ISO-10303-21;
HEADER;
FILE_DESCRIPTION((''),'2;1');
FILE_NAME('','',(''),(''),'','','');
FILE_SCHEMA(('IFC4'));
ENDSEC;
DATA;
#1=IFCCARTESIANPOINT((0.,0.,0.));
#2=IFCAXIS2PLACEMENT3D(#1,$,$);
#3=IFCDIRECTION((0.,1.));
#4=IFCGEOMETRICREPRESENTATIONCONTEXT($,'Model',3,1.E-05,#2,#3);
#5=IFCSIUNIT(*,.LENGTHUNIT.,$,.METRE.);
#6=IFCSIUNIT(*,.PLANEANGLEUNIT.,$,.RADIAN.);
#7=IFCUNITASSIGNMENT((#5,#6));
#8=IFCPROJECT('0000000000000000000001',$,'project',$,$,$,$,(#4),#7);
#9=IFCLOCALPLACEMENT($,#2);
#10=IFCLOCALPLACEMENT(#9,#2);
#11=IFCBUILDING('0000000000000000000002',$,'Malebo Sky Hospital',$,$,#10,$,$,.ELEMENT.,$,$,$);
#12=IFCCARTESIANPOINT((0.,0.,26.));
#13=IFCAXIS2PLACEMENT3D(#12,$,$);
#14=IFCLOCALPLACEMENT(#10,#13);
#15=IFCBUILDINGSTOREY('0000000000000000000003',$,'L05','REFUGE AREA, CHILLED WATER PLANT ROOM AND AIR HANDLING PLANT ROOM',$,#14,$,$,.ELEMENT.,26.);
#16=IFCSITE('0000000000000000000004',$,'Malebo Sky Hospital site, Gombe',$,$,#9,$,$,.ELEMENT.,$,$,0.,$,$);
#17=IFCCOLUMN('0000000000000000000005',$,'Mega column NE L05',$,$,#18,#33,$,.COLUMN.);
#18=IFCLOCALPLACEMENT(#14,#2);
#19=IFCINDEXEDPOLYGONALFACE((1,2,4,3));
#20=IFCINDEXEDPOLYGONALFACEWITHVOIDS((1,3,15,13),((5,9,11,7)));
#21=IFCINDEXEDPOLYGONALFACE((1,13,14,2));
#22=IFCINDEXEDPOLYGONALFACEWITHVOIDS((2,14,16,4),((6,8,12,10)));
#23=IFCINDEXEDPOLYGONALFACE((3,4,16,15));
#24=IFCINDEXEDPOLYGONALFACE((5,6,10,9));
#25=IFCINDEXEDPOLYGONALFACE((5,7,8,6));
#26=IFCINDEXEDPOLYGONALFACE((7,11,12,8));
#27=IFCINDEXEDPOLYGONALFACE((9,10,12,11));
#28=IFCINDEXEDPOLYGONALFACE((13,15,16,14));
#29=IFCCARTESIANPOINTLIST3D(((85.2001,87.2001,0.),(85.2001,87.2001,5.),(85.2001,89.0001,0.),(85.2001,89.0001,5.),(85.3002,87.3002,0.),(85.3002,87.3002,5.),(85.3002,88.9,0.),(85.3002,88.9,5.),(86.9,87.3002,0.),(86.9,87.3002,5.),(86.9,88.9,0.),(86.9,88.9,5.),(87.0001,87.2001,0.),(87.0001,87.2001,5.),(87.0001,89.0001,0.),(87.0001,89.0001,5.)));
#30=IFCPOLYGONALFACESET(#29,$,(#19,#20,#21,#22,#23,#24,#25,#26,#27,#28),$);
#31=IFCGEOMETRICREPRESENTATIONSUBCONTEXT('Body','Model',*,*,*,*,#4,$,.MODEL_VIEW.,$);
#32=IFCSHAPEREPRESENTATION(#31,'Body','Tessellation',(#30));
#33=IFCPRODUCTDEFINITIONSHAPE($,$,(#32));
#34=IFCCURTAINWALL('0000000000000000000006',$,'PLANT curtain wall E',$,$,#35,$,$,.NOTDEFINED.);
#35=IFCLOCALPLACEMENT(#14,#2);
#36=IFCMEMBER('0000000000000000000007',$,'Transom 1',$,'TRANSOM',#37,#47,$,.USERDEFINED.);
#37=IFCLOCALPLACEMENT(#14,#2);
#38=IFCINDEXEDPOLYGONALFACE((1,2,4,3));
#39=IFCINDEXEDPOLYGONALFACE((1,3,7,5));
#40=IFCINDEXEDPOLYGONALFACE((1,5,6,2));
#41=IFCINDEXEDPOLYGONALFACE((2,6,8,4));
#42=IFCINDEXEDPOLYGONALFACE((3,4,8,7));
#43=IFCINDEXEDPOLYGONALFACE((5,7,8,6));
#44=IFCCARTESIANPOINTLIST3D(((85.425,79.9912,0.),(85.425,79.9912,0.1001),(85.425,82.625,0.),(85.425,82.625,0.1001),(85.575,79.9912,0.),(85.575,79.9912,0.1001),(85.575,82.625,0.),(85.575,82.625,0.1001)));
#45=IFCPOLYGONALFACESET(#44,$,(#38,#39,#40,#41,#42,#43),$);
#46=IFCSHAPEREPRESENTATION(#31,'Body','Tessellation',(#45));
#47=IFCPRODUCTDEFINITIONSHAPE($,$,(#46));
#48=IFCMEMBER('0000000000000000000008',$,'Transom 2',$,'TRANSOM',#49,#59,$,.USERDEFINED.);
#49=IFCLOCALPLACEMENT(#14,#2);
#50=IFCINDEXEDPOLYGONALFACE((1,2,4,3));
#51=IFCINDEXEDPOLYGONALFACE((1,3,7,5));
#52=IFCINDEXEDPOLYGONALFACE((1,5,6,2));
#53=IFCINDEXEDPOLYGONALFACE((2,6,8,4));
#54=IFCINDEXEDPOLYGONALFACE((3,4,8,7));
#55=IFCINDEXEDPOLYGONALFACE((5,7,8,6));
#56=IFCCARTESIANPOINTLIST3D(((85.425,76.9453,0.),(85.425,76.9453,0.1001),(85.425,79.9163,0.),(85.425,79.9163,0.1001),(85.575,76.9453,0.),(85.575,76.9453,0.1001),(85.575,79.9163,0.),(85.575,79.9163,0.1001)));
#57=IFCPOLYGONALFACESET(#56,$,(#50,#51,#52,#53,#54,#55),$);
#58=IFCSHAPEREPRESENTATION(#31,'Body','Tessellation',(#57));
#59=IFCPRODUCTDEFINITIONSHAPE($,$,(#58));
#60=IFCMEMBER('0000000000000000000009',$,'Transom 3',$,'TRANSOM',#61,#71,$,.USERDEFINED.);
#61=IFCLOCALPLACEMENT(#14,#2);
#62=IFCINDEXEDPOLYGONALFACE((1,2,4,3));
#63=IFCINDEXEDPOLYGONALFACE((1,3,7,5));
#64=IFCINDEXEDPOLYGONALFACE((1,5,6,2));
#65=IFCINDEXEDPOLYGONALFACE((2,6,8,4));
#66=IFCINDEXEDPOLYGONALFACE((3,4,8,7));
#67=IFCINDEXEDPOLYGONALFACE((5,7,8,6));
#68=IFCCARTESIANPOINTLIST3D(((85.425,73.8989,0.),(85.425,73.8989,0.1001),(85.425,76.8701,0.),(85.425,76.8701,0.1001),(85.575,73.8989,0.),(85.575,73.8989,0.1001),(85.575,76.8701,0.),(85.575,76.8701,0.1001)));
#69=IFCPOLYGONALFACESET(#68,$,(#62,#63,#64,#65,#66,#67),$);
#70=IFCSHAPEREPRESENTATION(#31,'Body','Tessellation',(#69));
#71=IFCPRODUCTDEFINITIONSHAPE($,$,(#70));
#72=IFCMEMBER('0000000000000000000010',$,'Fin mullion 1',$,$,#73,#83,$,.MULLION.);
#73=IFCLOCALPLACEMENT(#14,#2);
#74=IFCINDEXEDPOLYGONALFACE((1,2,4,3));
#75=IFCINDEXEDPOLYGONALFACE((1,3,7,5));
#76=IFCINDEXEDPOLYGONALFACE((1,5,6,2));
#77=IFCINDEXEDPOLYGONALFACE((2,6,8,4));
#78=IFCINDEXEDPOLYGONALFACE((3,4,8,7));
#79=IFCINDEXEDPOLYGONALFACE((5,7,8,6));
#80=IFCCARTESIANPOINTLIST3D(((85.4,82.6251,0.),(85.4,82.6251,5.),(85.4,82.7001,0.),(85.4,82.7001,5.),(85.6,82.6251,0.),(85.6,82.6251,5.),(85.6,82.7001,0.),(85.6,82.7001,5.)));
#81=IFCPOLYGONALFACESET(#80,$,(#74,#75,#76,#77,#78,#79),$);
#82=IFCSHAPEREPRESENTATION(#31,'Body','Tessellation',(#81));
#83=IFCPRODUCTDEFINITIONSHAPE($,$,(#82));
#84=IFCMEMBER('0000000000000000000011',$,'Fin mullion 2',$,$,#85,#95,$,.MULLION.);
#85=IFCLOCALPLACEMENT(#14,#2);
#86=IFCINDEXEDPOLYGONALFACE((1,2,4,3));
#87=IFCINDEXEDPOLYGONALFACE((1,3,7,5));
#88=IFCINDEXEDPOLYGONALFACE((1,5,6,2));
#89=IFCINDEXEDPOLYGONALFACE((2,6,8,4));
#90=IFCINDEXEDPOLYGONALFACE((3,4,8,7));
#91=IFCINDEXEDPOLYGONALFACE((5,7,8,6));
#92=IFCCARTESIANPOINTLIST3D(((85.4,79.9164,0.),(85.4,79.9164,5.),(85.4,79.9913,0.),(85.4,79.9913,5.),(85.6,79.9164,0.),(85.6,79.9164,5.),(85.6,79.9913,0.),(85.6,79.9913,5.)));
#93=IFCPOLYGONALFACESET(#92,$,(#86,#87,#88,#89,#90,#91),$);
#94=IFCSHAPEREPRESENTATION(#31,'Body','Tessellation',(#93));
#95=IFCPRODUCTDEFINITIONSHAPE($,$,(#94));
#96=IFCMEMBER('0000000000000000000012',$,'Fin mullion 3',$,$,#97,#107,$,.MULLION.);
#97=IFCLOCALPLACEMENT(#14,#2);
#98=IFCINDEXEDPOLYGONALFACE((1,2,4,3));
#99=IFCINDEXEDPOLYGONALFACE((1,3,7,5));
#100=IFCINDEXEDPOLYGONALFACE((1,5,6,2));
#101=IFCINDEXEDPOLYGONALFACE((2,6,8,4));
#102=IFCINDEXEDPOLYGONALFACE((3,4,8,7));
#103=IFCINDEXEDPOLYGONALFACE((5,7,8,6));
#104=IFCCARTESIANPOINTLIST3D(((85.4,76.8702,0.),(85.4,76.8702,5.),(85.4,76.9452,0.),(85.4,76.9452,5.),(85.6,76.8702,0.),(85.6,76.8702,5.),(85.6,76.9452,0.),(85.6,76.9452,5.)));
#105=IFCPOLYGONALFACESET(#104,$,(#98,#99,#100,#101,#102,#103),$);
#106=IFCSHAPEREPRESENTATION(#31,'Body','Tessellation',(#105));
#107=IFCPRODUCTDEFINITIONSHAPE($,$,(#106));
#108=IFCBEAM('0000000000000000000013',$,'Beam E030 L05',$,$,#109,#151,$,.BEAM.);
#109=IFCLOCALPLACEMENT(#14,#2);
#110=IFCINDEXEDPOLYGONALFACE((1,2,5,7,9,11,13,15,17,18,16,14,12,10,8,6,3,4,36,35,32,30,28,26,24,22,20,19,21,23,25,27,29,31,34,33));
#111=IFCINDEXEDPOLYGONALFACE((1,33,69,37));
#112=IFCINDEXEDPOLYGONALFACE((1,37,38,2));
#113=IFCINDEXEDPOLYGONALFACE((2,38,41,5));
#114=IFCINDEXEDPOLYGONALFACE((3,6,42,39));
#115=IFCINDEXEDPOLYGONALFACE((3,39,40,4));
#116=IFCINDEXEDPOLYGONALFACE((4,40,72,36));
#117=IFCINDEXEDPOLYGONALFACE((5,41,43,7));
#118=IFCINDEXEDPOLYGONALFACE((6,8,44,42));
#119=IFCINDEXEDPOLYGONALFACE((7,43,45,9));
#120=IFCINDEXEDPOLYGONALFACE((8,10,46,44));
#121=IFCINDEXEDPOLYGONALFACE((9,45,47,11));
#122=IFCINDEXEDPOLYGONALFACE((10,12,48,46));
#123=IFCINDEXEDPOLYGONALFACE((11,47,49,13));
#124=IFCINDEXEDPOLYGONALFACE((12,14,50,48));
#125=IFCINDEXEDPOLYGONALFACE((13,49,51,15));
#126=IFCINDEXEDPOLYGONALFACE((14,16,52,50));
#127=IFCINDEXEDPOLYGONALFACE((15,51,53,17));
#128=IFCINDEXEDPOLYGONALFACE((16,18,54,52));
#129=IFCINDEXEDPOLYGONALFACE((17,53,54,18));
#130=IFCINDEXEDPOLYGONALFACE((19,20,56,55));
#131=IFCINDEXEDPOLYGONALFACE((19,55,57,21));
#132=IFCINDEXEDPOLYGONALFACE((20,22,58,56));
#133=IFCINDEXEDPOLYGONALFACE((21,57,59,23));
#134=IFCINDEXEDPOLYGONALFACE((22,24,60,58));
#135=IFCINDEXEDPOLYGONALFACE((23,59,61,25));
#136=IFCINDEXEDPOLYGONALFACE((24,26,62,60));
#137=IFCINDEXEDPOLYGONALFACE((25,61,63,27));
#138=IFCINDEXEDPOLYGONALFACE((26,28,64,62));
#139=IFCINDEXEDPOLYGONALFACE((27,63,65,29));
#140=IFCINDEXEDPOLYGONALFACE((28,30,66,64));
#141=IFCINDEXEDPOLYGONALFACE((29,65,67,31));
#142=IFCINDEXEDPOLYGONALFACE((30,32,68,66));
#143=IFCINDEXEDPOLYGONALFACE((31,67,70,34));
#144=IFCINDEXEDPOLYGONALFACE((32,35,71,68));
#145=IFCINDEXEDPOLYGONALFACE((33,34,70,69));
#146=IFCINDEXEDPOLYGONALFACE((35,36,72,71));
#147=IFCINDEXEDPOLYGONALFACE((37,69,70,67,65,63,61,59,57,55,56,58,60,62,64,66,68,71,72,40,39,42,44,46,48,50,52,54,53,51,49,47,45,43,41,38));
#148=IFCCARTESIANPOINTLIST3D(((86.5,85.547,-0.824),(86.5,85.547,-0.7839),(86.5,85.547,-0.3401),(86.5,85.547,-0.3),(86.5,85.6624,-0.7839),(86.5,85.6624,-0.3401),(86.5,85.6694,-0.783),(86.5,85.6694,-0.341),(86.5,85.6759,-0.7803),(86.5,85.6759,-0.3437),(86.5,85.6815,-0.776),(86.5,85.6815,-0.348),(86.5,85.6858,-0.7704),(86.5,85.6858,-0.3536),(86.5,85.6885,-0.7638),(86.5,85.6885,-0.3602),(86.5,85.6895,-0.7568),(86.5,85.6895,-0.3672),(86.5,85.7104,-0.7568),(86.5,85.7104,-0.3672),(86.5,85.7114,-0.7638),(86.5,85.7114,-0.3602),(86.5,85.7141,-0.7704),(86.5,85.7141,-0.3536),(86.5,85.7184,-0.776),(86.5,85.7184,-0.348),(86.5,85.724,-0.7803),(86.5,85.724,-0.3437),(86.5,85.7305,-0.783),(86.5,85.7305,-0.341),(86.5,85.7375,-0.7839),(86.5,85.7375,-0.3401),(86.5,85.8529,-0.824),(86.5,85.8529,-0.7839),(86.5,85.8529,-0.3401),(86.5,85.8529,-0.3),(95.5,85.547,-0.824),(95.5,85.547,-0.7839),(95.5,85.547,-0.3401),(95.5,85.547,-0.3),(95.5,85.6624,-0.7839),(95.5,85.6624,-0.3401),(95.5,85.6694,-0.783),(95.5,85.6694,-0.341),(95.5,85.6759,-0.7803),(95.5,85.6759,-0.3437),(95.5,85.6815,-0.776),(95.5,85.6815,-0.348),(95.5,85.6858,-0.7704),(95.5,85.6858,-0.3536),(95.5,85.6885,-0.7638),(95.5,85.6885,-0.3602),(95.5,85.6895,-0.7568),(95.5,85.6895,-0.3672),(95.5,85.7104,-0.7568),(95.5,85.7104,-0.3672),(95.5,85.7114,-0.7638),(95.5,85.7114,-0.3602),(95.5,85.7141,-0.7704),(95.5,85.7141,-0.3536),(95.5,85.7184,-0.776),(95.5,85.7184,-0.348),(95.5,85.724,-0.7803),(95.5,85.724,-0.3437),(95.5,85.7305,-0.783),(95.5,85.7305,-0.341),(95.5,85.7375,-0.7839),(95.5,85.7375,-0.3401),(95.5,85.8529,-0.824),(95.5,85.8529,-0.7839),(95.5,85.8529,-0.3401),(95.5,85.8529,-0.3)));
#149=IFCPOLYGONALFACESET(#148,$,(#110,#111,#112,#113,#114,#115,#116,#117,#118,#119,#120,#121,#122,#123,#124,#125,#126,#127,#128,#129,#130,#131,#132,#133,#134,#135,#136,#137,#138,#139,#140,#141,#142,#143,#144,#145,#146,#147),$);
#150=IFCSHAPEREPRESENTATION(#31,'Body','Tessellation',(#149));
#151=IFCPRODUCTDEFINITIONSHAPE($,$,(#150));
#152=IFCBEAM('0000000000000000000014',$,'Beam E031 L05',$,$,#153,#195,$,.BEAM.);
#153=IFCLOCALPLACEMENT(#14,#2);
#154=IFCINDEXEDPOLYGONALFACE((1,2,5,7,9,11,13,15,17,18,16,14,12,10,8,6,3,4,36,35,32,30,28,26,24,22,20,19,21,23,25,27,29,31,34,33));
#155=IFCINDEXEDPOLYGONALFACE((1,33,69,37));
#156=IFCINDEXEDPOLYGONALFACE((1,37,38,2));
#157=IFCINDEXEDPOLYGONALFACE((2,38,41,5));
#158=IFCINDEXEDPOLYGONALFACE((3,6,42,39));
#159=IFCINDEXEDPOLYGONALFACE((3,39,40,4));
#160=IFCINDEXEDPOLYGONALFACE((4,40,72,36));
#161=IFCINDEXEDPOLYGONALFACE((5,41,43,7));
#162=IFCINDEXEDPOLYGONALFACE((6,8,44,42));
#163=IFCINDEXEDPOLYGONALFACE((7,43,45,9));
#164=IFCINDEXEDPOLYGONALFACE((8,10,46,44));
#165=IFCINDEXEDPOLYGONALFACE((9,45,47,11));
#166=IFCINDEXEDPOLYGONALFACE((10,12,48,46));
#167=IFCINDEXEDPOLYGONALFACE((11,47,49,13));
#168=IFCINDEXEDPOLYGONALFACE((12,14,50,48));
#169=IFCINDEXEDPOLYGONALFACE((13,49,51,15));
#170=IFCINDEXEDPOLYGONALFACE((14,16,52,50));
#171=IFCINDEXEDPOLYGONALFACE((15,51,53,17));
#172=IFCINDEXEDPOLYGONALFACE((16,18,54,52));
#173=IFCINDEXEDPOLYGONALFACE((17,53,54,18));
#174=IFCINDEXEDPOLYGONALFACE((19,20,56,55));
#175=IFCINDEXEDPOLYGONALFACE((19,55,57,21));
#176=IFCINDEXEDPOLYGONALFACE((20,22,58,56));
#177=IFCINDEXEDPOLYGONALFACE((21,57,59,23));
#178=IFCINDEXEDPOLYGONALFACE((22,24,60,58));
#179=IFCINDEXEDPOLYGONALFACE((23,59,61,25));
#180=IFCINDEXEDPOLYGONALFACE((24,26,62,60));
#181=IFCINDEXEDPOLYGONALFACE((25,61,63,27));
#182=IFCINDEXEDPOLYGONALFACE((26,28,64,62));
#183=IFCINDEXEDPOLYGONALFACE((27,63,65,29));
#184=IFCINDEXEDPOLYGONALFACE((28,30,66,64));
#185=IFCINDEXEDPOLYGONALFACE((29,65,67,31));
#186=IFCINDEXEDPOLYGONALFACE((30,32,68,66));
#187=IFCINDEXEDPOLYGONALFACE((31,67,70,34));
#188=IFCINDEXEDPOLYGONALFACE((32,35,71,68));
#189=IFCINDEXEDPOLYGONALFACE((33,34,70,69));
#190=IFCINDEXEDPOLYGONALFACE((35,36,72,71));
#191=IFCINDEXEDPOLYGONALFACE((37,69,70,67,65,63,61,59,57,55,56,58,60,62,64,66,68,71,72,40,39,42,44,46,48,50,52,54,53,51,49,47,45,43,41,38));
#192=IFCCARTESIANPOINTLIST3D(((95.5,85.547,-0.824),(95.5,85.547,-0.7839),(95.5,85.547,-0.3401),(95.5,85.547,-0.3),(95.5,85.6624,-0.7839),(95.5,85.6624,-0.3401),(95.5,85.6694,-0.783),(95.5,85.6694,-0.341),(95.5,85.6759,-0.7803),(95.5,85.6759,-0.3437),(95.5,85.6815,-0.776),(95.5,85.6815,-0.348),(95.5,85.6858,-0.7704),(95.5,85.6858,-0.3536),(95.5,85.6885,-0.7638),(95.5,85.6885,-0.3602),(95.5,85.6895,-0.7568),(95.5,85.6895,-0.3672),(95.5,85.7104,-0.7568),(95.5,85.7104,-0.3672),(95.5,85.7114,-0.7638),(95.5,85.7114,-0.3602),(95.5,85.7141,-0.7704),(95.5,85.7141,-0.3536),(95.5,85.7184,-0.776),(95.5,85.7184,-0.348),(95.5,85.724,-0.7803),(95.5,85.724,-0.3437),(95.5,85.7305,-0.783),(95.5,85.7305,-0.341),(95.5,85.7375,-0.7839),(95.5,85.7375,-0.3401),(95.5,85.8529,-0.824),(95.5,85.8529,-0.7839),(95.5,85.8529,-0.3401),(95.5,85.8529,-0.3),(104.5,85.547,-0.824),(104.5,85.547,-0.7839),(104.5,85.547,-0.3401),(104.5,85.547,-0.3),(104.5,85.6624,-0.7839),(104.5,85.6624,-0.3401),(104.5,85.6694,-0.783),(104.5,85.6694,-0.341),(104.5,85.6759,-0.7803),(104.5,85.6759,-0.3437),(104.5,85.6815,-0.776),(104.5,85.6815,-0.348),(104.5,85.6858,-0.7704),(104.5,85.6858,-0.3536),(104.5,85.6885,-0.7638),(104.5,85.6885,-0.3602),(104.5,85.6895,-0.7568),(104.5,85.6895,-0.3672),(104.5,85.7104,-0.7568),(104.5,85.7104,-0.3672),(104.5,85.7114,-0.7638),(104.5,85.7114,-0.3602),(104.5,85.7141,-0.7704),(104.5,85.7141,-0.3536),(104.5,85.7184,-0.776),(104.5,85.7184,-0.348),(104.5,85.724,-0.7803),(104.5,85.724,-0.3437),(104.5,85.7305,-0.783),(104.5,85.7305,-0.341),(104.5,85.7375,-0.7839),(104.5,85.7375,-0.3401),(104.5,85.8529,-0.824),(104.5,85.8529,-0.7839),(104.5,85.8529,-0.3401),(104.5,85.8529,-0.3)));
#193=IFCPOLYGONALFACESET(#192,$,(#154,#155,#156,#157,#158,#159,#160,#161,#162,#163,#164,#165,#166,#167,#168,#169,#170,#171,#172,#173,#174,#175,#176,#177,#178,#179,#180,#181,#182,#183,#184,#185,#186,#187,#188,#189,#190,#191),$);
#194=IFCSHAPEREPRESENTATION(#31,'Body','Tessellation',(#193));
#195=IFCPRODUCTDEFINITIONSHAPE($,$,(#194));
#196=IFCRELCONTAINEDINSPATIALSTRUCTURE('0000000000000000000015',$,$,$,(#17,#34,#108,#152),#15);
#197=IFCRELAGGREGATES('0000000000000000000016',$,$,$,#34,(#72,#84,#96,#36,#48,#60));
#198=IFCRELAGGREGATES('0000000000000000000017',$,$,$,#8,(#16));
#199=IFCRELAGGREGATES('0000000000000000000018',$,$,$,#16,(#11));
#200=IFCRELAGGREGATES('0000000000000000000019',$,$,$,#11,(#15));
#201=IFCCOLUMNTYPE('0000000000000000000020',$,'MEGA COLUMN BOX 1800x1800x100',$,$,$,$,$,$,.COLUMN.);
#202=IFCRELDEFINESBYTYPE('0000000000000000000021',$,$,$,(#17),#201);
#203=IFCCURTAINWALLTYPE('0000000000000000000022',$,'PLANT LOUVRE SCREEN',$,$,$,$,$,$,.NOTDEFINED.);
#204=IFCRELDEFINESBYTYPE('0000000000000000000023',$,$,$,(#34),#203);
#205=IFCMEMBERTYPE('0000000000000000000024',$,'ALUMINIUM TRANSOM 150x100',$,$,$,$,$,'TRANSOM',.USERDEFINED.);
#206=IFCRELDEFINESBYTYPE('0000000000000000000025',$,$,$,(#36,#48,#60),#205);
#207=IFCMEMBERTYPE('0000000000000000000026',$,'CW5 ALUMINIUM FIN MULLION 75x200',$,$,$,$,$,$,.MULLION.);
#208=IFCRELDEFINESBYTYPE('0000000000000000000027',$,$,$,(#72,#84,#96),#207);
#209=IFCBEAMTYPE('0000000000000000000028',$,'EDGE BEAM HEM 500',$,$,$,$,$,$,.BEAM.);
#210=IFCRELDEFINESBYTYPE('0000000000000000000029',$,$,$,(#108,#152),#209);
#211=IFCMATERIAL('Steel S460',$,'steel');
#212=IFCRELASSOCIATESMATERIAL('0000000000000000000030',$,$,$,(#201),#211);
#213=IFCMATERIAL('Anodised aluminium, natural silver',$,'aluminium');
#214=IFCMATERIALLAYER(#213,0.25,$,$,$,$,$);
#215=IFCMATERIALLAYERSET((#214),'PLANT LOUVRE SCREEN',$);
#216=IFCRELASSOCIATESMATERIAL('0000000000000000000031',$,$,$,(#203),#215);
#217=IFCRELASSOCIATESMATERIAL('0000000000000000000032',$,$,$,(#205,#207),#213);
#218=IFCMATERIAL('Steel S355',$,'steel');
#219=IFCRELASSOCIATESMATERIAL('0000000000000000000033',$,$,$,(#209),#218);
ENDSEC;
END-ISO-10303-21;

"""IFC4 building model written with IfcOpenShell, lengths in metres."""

from ifc_helpers import new_model, si_unit, direction, frame, origin, origin_2d, place, context, subcontext, project, spatial, rectangle, hollow_rectangle, i_section, extrude, material, layer, layer_set, material_profile, profile_set, type_object, element, aggregate, save


model = new_model("IFC4")

# Units and contexts
model_context = context("Model", 3, precision=1e-05, world=origin(), true_north=direction((0.0, 1.0)))
body_context = subcontext(model_context, "Body", "Model", "MODEL_VIEW")
ifc_project = project(units=[si_unit("LENGTHUNIT", "METRE"), si_unit("PLANEANGLEUNIT", "RADIAN")], contexts=[model_context])

# Site, building, storey
site_placement = place(None, origin())
site = spatial("IfcSite", under=ifc_project, at=site_placement, Name="Malebo Sky Hospital site, Gombe", CompositionType="ELEMENT", RefElevation=0.0)
building_placement = place(site_placement, origin())
building = spatial("IfcBuilding", under=site, at=building_placement, Name="Malebo Sky Hospital", CompositionType="ELEMENT")
storey_placement = place(building_placement, frame((0.0, 0.0, 26.0)))
storey = spatial("IfcBuildingStorey", under=building, at=storey_placement, Name="L05", Description="REFUGE AREA, CHILLED WATER PLANT ROOM AND AIR HANDLING PLANT ROOM", CompositionType="ELEMENT", Elevation=26.0)

# Column
ifc_material_1 = material(Name="Steel S460", Category="steel")
ifc_material_profile_1 = material_profile(ifc_material_1, hollow_rectangle(XDim=1.8, YDim=1.8, WallThickness=0.1001, at=origin_2d()), Name="BOX 1800x1800x100")
ifc_profile_set_1 = profile_set([ifc_material_profile_1], Name="Steel S460")
column_type = type_object("IfcColumnType", Name="MEGA COLUMN BOX 1800x1800x100", PredefinedType="COLUMN", material=ifc_profile_set_1)
column_placement = place(storey_placement, frame((86.1001, 88.1001, 0.0), z_axis=(0.0, 0.0, 1.0), x_axis=(1.0, 0.0, 0.0)))
element("IfcColumn", 1, at=column_placement, inside=storey, type_object=column_type, Name="Mega column NE L05", PredefinedType="COLUMN", context=body_context, shape_type="SweptSolid", body=[
    extrude(hollow_rectangle(XDim=1.8, YDim=1.8, WallThickness=0.1001, at=origin_2d()), origin(), (0.0, 0.0, 1.0), 5.0),
])

# Curtain wall, members
ifc_material_2 = material(Name="Anodised aluminium, natural silver", Category="aluminium")
ifc_layer_1 = layer(ifc_material_2, 0.25)
ifc_layer_set_1 = layer_set([ifc_layer_1], Name="PLANT LOUVRE SCREEN")
curtain_wall_type = type_object("IfcCurtainWallType", Name="PLANT LOUVRE SCREEN", PredefinedType="NOTDEFINED", material=ifc_layer_set_1)
curtain_wall_placement = place(storey_placement, origin())
curtain_wall = element("IfcCurtainWall", 2, at=curtain_wall_placement, inside=storey, type_object=curtain_wall_type, Name="PLANT curtain wall E", PredefinedType="NOTDEFINED")
ifc_material_profile_2 = material_profile(ifc_material_2, rectangle(XDim=0.1499, YDim=0.1001, at=origin_2d()), Name="ALUMINIUM TRANSOM 150x100")
ifc_profile_set_2 = profile_set([ifc_material_profile_2], Name="Anodised aluminium, natural silver")
member_type_1 = type_object("IfcMemberType", Name="ALUMINIUM TRANSOM 150x100", ElementType="TRANSOM", PredefinedType="USERDEFINED", material=ifc_profile_set_2)
member_1_placement = place(storey_placement, frame((85.5, 82.625, 0.05), z_axis=(0.0, -1.0, 0.0), x_axis=(1.0, 0.0, 0.0)))
member_1 = element("IfcMember", 3, at=member_1_placement, type_object=member_type_1, Name="Transom 1", ObjectType="TRANSOM", PredefinedType="USERDEFINED", context=body_context, shape_type="SweptSolid", body=[
    extrude(rectangle(XDim=0.1499, YDim=0.1001, at=origin_2d()), origin(), (0.0, 0.0, 1.0), 2.6338),
])
member_2_placement = place(storey_placement, frame((85.5, 79.9163, 0.05), z_axis=(0.0, -1.0, 0.0), x_axis=(1.0, 0.0, 0.0)))
member_2 = element("IfcMember", 4, at=member_2_placement, type_object=member_type_1, Name="Transom 2", ObjectType="TRANSOM", PredefinedType="USERDEFINED", context=body_context, shape_type="SweptSolid", body=[
    extrude(rectangle(XDim=0.1499, YDim=0.1001, at=origin_2d()), origin(), (0.0, 0.0, 1.0), 2.9709),
])
member_3_placement = place(storey_placement, frame((85.5, 76.8701, 0.05), z_axis=(0.0, -1.0, 0.0), x_axis=(1.0, 0.0, 0.0)))
member_3 = element("IfcMember", 5, at=member_3_placement, type_object=member_type_1, Name="Transom 3", ObjectType="TRANSOM", PredefinedType="USERDEFINED", context=body_context, shape_type="SweptSolid", body=[
    extrude(rectangle(XDim=0.1499, YDim=0.1001, at=origin_2d()), origin(), (0.0, 0.0, 1.0), 2.9712),
])
ifc_material_profile_3 = material_profile(ifc_material_2, rectangle(XDim=0.075, YDim=0.2, at=origin_2d()), Name="CW5 ALUMINIUM FIN MULLION 75x200")
ifc_profile_set_3 = profile_set([ifc_material_profile_3], Name="Anodised aluminium, natural silver")
member_type_2 = type_object("IfcMemberType", Name="CW5 ALUMINIUM FIN MULLION 75x200", PredefinedType="MULLION", material=ifc_profile_set_3)
member_4_placement = place(storey_placement, frame((85.5, 82.6626, 0.0), z_axis=(0.0, 0.0, 1.0), x_axis=(0.0, -1.0, 0.0)))
member_4 = element("IfcMember", 6, at=member_4_placement, type_object=member_type_2, Name="Fin mullion 1", PredefinedType="MULLION", context=body_context, shape_type="SweptSolid", body=[
    extrude(rectangle(XDim=0.075, YDim=0.2, at=origin_2d()), origin(), (0.0, 0.0, 1.0), 5.0),
])
member_5_placement = place(storey_placement, frame((85.5, 79.9539, 0.0), z_axis=(0.0, 0.0, 1.0), x_axis=(0.0, -1.0, 0.0)))
member_5 = element("IfcMember", 7, at=member_5_placement, type_object=member_type_2, Name="Fin mullion 2", PredefinedType="MULLION", context=body_context, shape_type="SweptSolid", body=[
    extrude(rectangle(XDim=0.075, YDim=0.2, at=origin_2d()), origin(), (0.0, 0.0, 1.0), 5.0),
])
member_6_placement = place(storey_placement, frame((85.5, 76.9077, 0.0), z_axis=(0.0, 0.0, 1.0), x_axis=(0.0, -1.0, 0.0)))
member_6 = element("IfcMember", 8, at=member_6_placement, type_object=member_type_2, Name="Fin mullion 3", PredefinedType="MULLION", context=body_context, shape_type="SweptSolid", body=[
    extrude(rectangle(XDim=0.075, YDim=0.2, at=origin_2d()), origin(), (0.0, 0.0, 1.0), 5.0),
])

# Beams
ifc_material_3 = material(Name="Steel S355", Category="steel")
ifc_material_profile_4 = material_profile(ifc_material_3, i_section(OverallWidth=0.3059, OverallDepth=0.5239, WebThickness=0.021, FlangeThickness=0.04, FilletRadius=0.0271, at=origin_2d()), Name="HEM 500")
ifc_profile_set_4 = profile_set([ifc_material_profile_4], Name="Steel S355")
beam_type_1 = type_object("IfcBeamType", Name="EDGE BEAM HEM 500", PredefinedType="BEAM", material=ifc_profile_set_4)
for number, where, z_axis, x_axis, name in (
    (9, (86.5, 85.7, -0.562), (1.0, 0.0, 0.0), (0.0, 1.0, 0.0), "Beam E030 L05"),
    (10, (95.5, 85.7, -0.562), (1.0, 0.0, 0.0), (0.0, 1.0, 0.0), "Beam E031 L05"),
):
    element("IfcBeam", number, at=place(storey_placement, frame(where, z_axis=z_axis, x_axis=x_axis)), inside=storey, type_object=beam_type_1, Name=name, PredefinedType="BEAM", context=body_context, shape_type="SweptSolid", body=[
        extrude(i_section(OverallWidth=0.3059, OverallDepth=0.5239, WebThickness=0.021, FlangeThickness=0.04, FilletRadius=0.0271, at=origin_2d()), origin(), (0.0, 0.0, 1.0), 9.0),
    ])

aggregate(curtain_wall, [member_4, member_5, member_6, member_1, member_2, member_3])

save(model, "model.ifc")
